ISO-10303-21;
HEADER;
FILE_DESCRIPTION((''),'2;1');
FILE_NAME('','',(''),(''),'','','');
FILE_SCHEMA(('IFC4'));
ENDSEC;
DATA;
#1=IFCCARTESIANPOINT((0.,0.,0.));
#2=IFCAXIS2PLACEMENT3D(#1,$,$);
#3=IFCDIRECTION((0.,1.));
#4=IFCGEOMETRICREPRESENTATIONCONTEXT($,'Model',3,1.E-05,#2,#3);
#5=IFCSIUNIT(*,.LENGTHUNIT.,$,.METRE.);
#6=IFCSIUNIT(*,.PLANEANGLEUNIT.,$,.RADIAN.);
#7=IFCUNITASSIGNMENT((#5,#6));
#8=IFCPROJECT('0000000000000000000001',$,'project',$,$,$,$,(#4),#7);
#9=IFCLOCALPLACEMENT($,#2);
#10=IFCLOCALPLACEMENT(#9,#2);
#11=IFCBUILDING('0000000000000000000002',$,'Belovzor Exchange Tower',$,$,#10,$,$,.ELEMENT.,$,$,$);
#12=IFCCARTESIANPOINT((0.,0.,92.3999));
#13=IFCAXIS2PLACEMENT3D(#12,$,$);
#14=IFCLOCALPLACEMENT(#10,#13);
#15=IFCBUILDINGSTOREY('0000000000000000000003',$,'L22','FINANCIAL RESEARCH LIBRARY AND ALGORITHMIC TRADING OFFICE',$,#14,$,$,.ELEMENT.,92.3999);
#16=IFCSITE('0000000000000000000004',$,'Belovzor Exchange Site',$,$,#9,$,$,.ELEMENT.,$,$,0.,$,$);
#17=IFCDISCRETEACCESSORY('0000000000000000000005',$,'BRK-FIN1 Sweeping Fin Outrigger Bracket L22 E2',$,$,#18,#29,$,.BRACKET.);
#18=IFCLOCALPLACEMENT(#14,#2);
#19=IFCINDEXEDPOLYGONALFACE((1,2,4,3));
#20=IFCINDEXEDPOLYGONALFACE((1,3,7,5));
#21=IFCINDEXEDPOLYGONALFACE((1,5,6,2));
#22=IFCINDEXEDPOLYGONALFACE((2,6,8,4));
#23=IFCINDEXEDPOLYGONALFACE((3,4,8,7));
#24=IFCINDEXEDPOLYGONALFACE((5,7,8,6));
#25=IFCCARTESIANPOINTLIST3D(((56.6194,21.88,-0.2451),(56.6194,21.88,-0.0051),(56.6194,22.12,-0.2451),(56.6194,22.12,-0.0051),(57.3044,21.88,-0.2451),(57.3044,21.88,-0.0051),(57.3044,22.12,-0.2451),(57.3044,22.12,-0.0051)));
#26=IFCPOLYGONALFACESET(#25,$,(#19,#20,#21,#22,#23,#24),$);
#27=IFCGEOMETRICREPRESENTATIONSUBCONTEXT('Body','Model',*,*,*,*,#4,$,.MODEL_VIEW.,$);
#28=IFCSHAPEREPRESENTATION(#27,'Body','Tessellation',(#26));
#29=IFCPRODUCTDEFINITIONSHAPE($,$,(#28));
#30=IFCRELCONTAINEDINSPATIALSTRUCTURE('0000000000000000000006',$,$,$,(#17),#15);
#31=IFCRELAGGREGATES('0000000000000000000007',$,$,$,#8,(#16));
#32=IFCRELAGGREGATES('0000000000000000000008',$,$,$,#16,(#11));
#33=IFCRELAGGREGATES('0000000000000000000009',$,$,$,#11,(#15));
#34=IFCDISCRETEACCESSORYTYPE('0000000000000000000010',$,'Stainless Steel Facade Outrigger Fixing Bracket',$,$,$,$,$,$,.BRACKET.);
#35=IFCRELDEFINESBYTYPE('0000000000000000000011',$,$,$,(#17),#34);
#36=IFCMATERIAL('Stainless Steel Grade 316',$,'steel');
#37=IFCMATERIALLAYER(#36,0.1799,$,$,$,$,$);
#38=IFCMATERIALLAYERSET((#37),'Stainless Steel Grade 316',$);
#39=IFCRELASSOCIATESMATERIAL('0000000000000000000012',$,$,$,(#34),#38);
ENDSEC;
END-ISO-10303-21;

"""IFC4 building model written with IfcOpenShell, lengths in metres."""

from ifc_helpers import new_model, si_unit, direction, frame, origin, origin_2d, place, context, subcontext, project, spatial, rectangle, extrude, material, layer, layer_set, type_object, element, save


model = new_model("IFC4")

# Units and contexts
model_context = context("Model", 3, precision=1e-05, world=origin(), true_north=direction((0.0, 1.0)))
body_context = subcontext(model_context, "Body", "Model", "MODEL_VIEW")
ifc_project = project(units=[si_unit("LENGTHUNIT", "METRE"), si_unit("PLANEANGLEUNIT", "RADIAN")], contexts=[model_context])

# Site, building, storey
site_placement = place(None, origin())
site = spatial("IfcSite", under=ifc_project, at=site_placement, Name="Belovzor Exchange Site", CompositionType="ELEMENT", RefElevation=0.0)
building_placement = place(site_placement, origin())
building = spatial("IfcBuilding", under=site, at=building_placement, Name="Belovzor Exchange Tower", CompositionType="ELEMENT")
storey_placement = place(building_placement, frame((0.0, 0.0, 92.3999)))
storey = spatial("IfcBuildingStorey", under=building, at=storey_placement, Name="L22", Description="FINANCIAL RESEARCH LIBRARY AND ALGORITHMIC TRADING OFFICE", CompositionType="ELEMENT", Elevation=92.3999)

# Discrete accessory
ifc_material_1 = material(Name="Stainless Steel Grade 316", Category="steel")
ifc_layer_1 = layer(ifc_material_1, 0.1799)
ifc_layer_set_1 = layer_set([ifc_layer_1], Name="Stainless Steel Grade 316")
discrete_accessory_type = type_object("IfcDiscreteAccessoryType", Name="Stainless Steel Facade Outrigger Fixing Bracket", PredefinedType="BRACKET", material=ifc_layer_set_1)
discrete_accessory_placement = place(storey_placement, frame((56.9619, 22.0, -0.2451), z_axis=(0.0, 0.0, 1.0), x_axis=(1.0, 0.0, 0.0)))
element("IfcDiscreteAccessory", 1, at=discrete_accessory_placement, inside=storey, type_object=discrete_accessory_type, Name="BRK-FIN1 Sweeping Fin Outrigger Bracket L22 E2", PredefinedType="BRACKET", context=body_context, shape_type="SweptSolid", body=[
    extrude(rectangle(XDim=0.6851, YDim=0.24, at=origin_2d()), origin(), (0.0, 0.0, 1.0), 0.24),
])

save(model, "model.ifc")
